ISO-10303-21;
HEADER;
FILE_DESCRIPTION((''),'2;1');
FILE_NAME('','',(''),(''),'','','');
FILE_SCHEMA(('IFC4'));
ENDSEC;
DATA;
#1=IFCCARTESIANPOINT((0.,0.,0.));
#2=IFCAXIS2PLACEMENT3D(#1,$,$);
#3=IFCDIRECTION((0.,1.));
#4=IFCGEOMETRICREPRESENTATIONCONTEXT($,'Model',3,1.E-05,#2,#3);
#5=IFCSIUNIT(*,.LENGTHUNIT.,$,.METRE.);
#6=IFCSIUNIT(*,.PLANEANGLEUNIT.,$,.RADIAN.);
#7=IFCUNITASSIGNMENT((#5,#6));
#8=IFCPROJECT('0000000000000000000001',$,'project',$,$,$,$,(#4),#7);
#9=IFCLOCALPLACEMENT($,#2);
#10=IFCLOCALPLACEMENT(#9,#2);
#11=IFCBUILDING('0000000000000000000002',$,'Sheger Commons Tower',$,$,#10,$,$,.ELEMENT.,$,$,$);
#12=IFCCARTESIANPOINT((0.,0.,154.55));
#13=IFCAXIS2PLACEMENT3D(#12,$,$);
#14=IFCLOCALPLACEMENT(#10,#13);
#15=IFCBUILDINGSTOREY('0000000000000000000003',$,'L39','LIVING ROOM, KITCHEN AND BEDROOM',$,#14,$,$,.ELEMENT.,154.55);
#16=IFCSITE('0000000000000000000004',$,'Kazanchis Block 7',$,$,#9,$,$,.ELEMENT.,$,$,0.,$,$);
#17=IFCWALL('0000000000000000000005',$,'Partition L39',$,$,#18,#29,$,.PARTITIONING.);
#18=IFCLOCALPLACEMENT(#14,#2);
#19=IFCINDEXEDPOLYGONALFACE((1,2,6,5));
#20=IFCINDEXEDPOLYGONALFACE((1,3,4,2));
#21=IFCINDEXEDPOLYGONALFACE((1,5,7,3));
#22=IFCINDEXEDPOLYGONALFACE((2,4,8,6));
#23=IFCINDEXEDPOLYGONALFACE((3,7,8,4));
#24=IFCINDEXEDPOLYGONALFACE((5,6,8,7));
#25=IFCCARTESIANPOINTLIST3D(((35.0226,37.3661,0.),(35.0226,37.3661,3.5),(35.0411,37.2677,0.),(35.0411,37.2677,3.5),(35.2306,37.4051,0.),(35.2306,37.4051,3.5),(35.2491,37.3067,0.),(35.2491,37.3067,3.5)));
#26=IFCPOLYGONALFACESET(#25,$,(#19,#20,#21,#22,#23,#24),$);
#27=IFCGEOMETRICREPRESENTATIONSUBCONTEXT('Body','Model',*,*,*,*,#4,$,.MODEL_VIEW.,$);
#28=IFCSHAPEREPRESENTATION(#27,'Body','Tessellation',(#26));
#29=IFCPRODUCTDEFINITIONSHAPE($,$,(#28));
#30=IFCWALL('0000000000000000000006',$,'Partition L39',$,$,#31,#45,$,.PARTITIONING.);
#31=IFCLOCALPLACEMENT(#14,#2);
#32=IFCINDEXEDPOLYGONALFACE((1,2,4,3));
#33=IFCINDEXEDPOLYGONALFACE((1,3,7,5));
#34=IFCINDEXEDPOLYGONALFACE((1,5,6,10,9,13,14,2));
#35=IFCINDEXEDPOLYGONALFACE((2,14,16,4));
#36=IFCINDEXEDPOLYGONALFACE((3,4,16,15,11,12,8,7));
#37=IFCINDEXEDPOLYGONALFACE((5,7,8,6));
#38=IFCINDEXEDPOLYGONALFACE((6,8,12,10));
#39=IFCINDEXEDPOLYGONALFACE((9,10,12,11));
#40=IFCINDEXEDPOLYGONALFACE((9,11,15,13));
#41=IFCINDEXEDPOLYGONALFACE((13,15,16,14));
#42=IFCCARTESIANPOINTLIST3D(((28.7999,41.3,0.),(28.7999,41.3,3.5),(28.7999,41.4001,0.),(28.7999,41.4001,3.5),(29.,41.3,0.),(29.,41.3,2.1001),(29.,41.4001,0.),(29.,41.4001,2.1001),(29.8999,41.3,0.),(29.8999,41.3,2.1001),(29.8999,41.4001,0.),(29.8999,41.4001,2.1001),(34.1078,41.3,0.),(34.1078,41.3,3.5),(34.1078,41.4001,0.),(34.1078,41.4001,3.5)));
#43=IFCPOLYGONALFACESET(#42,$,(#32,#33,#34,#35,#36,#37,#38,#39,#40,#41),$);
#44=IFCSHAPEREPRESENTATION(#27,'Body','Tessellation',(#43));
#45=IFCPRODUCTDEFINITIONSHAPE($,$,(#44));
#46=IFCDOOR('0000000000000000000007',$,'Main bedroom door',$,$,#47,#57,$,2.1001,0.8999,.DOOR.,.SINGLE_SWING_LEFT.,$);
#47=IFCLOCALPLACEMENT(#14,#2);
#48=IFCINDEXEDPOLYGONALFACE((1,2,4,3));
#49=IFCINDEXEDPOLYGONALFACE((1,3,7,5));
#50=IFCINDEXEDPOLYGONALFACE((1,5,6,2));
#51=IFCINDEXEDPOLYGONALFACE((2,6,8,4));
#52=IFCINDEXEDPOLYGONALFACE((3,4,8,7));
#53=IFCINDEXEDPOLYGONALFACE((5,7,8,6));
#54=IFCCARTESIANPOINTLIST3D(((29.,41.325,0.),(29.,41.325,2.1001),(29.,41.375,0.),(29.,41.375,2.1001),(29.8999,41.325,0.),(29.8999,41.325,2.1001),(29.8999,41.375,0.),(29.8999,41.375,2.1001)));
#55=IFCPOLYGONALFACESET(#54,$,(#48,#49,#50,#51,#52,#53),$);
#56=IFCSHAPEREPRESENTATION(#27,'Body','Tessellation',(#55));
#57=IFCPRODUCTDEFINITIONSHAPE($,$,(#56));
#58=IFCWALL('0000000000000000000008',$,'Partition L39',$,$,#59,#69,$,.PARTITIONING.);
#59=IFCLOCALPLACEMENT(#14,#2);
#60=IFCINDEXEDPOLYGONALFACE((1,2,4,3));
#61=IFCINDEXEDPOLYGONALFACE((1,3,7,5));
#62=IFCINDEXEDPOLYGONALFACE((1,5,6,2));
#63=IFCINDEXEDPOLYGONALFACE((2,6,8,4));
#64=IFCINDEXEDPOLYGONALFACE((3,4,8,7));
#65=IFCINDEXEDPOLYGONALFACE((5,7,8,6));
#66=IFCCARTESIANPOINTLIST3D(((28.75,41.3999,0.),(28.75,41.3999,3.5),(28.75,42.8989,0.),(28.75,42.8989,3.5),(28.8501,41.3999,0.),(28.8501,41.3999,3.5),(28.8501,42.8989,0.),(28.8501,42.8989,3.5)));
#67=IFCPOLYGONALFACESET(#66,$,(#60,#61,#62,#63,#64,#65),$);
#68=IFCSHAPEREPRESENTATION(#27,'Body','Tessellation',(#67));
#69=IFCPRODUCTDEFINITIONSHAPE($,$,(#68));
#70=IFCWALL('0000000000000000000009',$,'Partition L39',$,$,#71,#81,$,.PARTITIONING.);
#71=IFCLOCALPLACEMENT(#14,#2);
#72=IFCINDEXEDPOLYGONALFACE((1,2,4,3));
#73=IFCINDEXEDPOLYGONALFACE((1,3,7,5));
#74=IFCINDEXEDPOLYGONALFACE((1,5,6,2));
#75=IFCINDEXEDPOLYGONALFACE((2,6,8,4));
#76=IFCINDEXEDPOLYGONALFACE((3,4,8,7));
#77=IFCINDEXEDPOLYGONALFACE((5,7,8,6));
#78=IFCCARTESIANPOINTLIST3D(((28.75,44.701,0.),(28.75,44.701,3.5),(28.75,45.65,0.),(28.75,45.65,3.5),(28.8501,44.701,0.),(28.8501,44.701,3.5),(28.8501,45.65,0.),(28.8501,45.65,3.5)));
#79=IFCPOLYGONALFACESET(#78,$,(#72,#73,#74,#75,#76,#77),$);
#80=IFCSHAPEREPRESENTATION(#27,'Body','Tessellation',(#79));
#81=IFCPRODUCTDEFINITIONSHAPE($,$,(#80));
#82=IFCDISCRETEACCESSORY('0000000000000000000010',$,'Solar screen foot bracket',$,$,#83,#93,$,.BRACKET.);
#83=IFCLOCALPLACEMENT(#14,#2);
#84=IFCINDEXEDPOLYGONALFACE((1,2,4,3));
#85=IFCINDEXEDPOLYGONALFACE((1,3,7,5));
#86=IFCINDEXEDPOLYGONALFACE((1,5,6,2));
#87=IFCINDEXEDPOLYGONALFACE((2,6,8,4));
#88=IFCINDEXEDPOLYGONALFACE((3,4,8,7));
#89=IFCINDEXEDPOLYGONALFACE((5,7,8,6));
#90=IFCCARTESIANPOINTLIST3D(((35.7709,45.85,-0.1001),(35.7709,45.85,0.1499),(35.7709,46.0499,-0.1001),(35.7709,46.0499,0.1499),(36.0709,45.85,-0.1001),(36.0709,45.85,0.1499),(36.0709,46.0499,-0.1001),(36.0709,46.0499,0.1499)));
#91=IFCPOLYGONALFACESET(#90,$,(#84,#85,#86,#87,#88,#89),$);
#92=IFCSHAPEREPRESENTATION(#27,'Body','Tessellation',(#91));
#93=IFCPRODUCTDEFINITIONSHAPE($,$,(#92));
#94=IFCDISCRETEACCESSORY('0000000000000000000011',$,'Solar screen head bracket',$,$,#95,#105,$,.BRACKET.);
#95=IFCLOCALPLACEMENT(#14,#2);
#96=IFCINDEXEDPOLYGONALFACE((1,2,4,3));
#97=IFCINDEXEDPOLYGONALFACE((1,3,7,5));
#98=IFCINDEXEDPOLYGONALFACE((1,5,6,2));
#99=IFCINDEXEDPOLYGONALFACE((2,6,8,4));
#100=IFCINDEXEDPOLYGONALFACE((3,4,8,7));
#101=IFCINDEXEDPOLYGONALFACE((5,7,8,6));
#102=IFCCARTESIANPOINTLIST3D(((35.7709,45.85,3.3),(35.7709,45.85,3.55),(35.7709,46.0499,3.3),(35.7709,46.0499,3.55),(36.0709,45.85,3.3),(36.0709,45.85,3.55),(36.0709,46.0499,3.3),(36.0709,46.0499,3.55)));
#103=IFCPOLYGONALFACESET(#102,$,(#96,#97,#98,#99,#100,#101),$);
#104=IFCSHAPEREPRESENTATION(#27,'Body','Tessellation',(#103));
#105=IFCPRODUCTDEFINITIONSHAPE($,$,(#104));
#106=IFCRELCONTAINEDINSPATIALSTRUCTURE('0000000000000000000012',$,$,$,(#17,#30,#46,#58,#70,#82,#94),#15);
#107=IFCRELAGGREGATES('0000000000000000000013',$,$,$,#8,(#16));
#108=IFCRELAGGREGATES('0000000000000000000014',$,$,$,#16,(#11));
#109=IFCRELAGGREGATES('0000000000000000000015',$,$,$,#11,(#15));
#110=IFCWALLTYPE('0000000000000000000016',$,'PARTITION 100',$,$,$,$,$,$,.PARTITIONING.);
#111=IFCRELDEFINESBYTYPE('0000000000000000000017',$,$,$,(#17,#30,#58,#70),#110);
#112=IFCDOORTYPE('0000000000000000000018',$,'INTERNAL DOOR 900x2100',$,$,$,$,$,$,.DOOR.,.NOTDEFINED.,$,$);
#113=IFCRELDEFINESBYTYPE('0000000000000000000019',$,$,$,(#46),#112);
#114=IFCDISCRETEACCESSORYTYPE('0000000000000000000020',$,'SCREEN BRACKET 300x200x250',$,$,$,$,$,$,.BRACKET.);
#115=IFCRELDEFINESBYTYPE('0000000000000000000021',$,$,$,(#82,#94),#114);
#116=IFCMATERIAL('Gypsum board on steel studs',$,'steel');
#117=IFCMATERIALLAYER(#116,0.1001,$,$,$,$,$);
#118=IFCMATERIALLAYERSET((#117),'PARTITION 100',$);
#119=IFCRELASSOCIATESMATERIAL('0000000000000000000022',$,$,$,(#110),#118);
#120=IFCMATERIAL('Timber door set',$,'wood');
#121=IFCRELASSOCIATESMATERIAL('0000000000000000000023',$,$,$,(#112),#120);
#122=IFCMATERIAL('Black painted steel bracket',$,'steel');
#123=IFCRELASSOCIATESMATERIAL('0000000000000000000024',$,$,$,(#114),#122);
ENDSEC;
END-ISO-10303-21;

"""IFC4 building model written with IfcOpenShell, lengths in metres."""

from ifc_helpers import new_model, si_unit, direction, frame, frame_2d, origin, origin_2d, place, context, subcontext, project, spatial, rectangle, extrude, material, layer, layer_set, type_object, element, fill, save


model = new_model("IFC4")

# Units and contexts
model_context = context("Model", 3, precision=1e-05, world=origin(), true_north=direction((0.0, 1.0)))
body_context = subcontext(model_context, "Body", "Model", "MODEL_VIEW")
ifc_project = project(units=[si_unit("LENGTHUNIT", "METRE"), si_unit("PLANEANGLEUNIT", "RADIAN")], contexts=[model_context])

# Site, building, storey
site_placement = place(None, origin())
site = spatial("IfcSite", under=ifc_project, at=site_placement, Name="Kazanchis Block 7", CompositionType="ELEMENT", RefElevation=0.0)
building_placement = place(site_placement, origin())
building = spatial("IfcBuilding", under=site, at=building_placement, Name="Sheger Commons Tower", CompositionType="ELEMENT")
storey_placement = place(building_placement, frame((0.0, 0.0, 154.55)))
storey = spatial("IfcBuildingStorey", under=building, at=storey_placement, Name="L39", Description="LIVING ROOM, KITCHEN AND BEDROOM", CompositionType="ELEMENT", Elevation=154.55)

# Wall
ifc_material_1 = material(Name="Gypsum board on steel studs", Category="steel")
ifc_layer_1 = layer(ifc_material_1, 0.1001)
ifc_layer_set_1 = layer_set([ifc_layer_1], Name="PARTITION 100")
wall_type_1 = type_object("IfcWallType", Name="PARTITION 100", PredefinedType="PARTITIONING", material=ifc_layer_set_1)
wall_1_placement = place(storey_placement, frame((35.24, 37.356, 0.0), z_axis=(0.0, 0.0, 1.0), x_axis=(-0.98282, -0.184567, 0.0)))
element("IfcWall", 1, at=wall_1_placement, inside=storey, type_object=wall_type_1, Name="Partition L39", PredefinedType="PARTITIONING", context=body_context, shape_type="SweptSolid", body=[
    extrude(rectangle(XDim=0.2117, YDim=0.1001, at=frame_2d((0.106, 0.0))), origin(), (0.0, 0.0, 1.0), 3.5),
])

# Wall, opening, door
wall_2_placement = place(storey_placement, frame((28.8, 41.3501, 0.0), z_axis=(0.0, 0.0, 1.0), x_axis=(1.0, 0.0, 0.0)))
wall_2 = element("IfcWall", 2, at=wall_2_placement, inside=storey, type_object=wall_type_1, Name="Partition L39", PredefinedType="PARTITIONING", context=body_context, shape_type="SweptSolid", body=[
    extrude(rectangle(XDim=5.3079, YDim=0.1001, at=frame_2d((2.6538, 0.0))), origin(), (0.0, 0.0, 1.0), 3.5),
])
opening_1_placement = place(wall_2_placement, frame((0.2, 0.0, 0.0)))
opening_1 = element("IfcOpeningElement", 3, at=opening_1_placement, cuts=wall_2, PredefinedType="OPENING", context=body_context, shape_type="SweptSolid", body=[
    extrude(rectangle(XDim=0.8999, YDim=2.1001, at=frame_2d((0.45, 1.05))), frame((0.0, 0.0601, 0.0), z_axis=(0.0, -1.0, 0.0), x_axis=(1.0, 0.0, 0.0)), (0.0, 0.0, 1.0), 0.1201),
])
ifc_material_2 = material(Name="Timber door set", Category="wood")
door_type_1 = type_object("IfcDoorType", Name="INTERNAL DOOR 900x2100", OperationType="NOTDEFINED", PredefinedType="DOOR", material=ifc_material_2)
door_1_placement = place(opening_1_placement, origin())
door_1 = element("IfcDoor", 4, at=door_1_placement, inside=storey, type_object=door_type_1, Name="Main bedroom door", OperationType="SINGLE_SWING_LEFT", OverallHeight=2.1001, OverallWidth=0.8999, PredefinedType="DOOR", context=body_context, shape_type="SweptSolid", body=[
    extrude(rectangle(XDim=0.8999, YDim=2.1001, at=frame_2d((0.45, 1.05))), frame((0.0, 0.0249, 0.0), z_axis=(0.0, -1.0, 0.0), x_axis=(1.0, 0.0, 0.0)), (0.0, 0.0, 1.0), 0.05),
])
fill(opening_1, door_1)

# Walls
wall_3_placement = place(storey_placement, frame((28.8, 41.3999, 0.0), z_axis=(0.0, 0.0, 1.0), x_axis=(0.0, 1.0, 0.0)))
element("IfcWall", 5, at=wall_3_placement, inside=storey, type_object=wall_type_1, Name="Partition L39", PredefinedType="PARTITIONING", context=body_context, shape_type="SweptSolid", body=[
    extrude(rectangle(XDim=1.499, YDim=0.1001, at=frame_2d((0.7495, 0.0))), origin(), (0.0, 0.0, 1.0), 3.5),
])
wall_4_placement = place(storey_placement, frame((28.8, 44.7009, 0.0), z_axis=(0.0, 0.0, 1.0), x_axis=(0.0, 1.0, 0.0)))
element("IfcWall", 6, at=wall_4_placement, inside=storey, type_object=wall_type_1, Name="Partition L39", PredefinedType="PARTITIONING", context=body_context, shape_type="SweptSolid", body=[
    extrude(rectangle(XDim=0.949, YDim=0.1001, at=frame_2d((0.4746, 0.0))), origin(), (0.0, 0.0, 1.0), 3.5),
])

# Discrete accessories
ifc_material_3 = material(Name="Black painted steel bracket", Category="steel")
discrete_accessory_type = type_object("IfcDiscreteAccessoryType", Name="SCREEN BRACKET 300x200x250", PredefinedType="BRACKET", material=ifc_material_3)
for number, where, z_axis, x_axis, name in (
    (7, (35.9209, 45.95, -0.1001), (0.0, 0.0, 1.0), (-1.0, 0.0, 0.0), "Solar screen foot bracket"),
    (8, (35.9209, 45.95, 3.3), (0.0, 0.0, 1.0), (-1.0, 0.0, 0.0), "Solar screen head bracket"),
):
    element("IfcDiscreteAccessory", number, at=place(storey_placement, frame(where, z_axis=z_axis, x_axis=x_axis)), inside=storey, type_object=discrete_accessory_type, Name=name, PredefinedType="BRACKET", context=body_context, shape_type="SweptSolid", body=[
        extrude(rectangle(XDim=0.3, YDim=0.2, at=origin_2d()), origin(), (0.0, 0.0, 1.0), 0.25),
    ])

save(model, "model.ifc")
